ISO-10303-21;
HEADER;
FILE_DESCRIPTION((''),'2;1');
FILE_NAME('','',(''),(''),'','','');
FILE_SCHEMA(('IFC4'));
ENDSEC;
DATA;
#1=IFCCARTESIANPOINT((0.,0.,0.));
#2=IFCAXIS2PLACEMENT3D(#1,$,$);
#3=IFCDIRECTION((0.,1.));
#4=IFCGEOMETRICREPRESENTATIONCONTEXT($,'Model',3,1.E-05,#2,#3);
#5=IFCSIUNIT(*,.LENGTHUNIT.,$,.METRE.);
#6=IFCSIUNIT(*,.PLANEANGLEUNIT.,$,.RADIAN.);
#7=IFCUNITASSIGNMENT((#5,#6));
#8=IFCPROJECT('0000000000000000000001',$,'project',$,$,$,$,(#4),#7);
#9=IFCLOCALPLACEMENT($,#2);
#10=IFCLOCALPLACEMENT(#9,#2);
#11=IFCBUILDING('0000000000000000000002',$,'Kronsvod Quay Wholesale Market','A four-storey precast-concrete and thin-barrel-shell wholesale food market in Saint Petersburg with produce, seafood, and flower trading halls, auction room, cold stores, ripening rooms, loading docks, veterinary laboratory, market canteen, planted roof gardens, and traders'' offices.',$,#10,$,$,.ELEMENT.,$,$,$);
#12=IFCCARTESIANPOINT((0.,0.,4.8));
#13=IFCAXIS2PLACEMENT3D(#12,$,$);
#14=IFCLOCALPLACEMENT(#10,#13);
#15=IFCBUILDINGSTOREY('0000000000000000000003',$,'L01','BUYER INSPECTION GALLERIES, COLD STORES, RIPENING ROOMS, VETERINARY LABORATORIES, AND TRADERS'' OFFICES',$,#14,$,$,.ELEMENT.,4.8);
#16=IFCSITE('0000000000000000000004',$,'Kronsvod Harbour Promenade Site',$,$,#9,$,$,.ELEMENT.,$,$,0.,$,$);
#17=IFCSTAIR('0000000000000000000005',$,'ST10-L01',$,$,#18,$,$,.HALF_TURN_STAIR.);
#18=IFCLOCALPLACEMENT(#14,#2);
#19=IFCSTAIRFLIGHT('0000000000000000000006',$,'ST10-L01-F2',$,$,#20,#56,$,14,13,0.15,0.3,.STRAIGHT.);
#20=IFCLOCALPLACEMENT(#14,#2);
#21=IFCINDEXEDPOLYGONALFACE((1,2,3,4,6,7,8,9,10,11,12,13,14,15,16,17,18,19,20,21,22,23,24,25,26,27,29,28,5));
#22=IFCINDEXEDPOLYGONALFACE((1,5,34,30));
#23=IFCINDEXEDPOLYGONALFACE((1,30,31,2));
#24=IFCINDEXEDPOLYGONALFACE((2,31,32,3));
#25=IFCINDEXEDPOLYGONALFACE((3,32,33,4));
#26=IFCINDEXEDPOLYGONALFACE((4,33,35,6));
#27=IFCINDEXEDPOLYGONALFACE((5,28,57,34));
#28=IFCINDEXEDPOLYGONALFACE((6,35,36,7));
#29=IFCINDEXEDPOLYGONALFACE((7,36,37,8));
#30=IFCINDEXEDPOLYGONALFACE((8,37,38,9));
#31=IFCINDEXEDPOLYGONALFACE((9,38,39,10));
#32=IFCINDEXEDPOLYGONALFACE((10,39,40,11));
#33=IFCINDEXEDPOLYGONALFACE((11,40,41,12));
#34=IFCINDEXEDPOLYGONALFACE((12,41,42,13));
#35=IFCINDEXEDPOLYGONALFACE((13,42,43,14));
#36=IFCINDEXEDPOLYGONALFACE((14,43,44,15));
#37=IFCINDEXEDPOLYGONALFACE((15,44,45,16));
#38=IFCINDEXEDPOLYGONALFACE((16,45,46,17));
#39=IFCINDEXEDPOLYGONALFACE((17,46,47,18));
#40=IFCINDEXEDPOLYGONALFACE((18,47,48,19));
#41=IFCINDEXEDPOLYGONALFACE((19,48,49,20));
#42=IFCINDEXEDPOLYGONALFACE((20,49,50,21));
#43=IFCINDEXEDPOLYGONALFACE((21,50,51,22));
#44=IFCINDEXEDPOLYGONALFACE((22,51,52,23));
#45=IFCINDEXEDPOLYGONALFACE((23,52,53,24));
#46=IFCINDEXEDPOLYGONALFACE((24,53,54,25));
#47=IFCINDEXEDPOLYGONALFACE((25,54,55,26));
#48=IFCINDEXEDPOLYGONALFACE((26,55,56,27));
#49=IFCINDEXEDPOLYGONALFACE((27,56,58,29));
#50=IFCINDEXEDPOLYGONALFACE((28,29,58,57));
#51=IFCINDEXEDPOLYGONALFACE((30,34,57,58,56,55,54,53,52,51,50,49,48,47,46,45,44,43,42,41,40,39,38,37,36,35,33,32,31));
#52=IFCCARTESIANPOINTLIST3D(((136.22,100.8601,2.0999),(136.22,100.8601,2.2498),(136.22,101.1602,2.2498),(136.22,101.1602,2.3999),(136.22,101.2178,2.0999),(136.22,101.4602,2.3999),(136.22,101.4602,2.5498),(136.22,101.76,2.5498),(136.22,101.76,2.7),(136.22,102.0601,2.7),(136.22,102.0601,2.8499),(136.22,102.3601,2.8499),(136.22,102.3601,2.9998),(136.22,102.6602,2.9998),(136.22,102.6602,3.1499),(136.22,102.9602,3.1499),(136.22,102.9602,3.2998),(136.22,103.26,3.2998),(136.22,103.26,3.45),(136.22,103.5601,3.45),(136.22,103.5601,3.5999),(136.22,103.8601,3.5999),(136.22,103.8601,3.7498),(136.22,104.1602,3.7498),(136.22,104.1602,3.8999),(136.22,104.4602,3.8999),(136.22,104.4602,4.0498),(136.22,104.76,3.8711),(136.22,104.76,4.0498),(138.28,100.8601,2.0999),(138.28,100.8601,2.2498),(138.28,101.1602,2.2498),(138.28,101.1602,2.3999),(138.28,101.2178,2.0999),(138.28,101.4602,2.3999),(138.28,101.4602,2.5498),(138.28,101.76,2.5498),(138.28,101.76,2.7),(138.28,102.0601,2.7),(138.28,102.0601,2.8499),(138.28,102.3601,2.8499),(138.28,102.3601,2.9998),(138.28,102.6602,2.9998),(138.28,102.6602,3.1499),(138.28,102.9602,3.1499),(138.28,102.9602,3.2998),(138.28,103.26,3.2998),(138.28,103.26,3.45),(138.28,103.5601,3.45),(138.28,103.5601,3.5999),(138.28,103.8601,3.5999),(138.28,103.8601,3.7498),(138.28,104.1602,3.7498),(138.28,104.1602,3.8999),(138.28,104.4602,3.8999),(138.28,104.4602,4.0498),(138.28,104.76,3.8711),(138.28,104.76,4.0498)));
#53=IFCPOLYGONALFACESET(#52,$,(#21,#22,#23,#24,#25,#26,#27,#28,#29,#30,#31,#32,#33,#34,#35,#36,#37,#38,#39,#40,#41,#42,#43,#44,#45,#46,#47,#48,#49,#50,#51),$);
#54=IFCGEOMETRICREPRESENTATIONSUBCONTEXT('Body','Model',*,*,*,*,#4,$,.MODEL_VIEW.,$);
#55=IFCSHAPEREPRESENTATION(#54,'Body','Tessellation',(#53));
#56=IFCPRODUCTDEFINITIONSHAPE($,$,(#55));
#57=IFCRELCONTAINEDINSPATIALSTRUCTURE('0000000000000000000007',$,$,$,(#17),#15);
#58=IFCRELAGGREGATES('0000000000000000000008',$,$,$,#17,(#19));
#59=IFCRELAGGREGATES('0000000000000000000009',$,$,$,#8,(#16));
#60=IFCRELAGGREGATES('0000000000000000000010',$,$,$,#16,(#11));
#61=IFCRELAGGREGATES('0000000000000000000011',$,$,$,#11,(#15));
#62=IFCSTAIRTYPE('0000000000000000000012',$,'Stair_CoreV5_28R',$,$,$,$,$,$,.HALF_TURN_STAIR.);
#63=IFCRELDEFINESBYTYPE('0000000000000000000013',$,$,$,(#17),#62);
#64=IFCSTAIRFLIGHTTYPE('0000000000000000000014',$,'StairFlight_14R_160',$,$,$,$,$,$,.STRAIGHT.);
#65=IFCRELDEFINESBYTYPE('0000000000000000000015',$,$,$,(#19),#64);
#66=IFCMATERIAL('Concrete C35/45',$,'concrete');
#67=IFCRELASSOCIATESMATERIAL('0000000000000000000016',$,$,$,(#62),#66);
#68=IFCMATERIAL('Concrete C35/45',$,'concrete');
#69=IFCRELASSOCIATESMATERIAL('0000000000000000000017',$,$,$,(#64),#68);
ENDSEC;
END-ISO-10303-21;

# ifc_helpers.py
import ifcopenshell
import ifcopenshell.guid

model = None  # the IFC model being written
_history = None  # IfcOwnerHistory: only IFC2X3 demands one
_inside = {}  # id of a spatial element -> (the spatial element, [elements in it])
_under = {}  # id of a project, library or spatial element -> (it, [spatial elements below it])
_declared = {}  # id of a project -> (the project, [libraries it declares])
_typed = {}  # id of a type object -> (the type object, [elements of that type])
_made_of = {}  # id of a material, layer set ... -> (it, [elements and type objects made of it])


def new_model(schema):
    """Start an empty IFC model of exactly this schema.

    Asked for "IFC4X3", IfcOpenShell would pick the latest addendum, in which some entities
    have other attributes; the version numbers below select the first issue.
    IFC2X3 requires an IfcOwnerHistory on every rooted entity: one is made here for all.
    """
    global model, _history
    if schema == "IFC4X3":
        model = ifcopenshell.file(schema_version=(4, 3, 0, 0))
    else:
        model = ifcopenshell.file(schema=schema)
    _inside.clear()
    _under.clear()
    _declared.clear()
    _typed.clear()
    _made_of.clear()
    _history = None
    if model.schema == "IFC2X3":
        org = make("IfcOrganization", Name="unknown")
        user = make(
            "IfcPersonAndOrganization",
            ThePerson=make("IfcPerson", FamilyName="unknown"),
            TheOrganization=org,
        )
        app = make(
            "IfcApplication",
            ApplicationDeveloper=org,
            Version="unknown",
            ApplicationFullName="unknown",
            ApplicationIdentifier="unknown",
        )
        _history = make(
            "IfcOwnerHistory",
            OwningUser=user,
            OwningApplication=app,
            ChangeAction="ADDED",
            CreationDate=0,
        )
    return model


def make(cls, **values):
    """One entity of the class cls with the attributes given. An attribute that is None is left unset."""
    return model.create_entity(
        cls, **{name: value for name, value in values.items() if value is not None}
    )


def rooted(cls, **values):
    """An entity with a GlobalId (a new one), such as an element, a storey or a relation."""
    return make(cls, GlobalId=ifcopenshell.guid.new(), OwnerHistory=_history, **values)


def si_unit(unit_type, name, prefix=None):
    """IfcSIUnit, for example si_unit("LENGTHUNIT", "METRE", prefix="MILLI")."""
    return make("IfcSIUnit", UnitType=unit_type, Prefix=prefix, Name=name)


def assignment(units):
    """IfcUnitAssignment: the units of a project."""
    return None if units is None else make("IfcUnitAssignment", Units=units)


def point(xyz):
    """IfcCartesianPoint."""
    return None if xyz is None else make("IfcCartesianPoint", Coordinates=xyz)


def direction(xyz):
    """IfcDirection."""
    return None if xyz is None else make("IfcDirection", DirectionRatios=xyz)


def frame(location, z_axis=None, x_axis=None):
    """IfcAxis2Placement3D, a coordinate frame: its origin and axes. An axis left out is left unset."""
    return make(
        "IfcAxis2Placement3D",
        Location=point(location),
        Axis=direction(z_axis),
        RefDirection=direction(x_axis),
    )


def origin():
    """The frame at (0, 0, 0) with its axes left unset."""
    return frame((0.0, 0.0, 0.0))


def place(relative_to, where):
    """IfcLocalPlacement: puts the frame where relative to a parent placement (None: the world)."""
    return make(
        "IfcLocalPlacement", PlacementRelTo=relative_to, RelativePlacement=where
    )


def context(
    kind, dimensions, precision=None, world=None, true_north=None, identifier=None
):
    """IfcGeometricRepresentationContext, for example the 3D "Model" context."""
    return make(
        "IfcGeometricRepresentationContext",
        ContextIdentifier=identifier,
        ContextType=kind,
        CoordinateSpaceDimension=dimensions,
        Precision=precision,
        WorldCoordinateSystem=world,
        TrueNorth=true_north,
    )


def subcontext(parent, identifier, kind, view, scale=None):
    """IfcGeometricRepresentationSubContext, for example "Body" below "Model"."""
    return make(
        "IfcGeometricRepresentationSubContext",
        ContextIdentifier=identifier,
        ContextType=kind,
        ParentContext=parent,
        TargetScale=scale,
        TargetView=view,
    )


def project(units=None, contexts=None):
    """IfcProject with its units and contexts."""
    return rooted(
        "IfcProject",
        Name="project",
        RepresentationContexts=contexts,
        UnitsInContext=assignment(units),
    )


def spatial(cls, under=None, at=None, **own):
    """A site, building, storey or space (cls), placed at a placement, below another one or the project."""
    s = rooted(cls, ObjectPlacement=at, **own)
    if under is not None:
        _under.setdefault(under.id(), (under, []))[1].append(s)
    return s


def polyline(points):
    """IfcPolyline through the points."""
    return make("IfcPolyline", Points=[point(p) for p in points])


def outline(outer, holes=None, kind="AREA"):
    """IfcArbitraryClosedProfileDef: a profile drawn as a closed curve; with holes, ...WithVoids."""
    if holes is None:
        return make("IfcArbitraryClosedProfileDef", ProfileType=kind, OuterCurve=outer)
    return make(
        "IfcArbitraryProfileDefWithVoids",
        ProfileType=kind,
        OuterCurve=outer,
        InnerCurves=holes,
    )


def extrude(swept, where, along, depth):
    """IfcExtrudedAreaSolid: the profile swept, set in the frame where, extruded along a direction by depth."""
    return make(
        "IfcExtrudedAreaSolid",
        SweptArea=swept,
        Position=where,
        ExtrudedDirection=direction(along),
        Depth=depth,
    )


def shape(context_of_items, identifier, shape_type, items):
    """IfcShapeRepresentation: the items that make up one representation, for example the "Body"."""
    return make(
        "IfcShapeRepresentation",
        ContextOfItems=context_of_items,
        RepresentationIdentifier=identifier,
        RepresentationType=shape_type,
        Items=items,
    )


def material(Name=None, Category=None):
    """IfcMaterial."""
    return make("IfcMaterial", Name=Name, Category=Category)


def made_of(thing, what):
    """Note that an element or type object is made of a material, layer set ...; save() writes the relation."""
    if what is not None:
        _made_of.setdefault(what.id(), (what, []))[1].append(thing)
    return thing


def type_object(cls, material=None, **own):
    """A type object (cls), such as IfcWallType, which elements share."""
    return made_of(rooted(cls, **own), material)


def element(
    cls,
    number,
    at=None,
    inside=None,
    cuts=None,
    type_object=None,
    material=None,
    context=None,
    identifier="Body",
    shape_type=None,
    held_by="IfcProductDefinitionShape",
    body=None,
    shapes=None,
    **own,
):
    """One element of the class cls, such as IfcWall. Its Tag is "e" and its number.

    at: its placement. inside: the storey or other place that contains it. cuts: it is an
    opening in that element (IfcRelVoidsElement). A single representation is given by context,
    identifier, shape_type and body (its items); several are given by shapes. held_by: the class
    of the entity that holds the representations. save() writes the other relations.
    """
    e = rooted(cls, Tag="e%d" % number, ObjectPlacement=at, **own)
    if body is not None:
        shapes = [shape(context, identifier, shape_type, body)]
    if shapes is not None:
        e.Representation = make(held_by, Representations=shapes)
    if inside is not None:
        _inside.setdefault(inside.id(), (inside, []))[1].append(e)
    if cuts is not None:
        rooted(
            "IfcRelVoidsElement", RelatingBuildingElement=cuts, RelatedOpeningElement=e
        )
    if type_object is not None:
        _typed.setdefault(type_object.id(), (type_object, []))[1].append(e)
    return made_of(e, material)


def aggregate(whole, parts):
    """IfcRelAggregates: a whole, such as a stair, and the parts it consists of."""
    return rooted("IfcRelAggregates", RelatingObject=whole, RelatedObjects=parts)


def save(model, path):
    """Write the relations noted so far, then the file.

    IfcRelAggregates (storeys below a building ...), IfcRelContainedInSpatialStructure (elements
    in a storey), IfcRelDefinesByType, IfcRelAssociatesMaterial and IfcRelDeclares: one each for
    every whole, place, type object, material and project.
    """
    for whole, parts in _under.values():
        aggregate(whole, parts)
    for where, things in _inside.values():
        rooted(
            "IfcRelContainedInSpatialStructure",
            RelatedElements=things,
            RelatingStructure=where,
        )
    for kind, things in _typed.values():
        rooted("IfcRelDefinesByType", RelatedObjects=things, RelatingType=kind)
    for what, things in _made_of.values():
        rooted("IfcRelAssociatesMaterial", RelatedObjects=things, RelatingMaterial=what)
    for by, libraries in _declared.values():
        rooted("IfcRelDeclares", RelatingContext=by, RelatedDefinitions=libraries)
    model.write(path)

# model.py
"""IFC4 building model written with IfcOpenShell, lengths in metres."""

from ifc_helpers import new_model, si_unit, direction, frame, origin, place, context, subcontext, project, spatial, polyline, outline, extrude, material, type_object, element, aggregate, save


model = new_model("IFC4")

# Units and contexts
model_context = context("Model", 3, precision=1e-05, world=origin(), true_north=direction((0.0, 1.0)))
body_context = subcontext(model_context, "Body", "Model", "MODEL_VIEW")
ifc_project = project(units=[si_unit("LENGTHUNIT", "METRE"), si_unit("PLANEANGLEUNIT", "RADIAN")], contexts=[model_context])

# Site, building, storey
site_placement = place(None, origin())
site = spatial("IfcSite", under=ifc_project, at=site_placement, Name="Kronsvod Harbour Promenade Site", CompositionType="ELEMENT", RefElevation=0.0)
building_placement = place(site_placement, origin())
building = spatial("IfcBuilding", under=site, at=building_placement, Name="Kronsvod Quay Wholesale Market", Description="A four-storey precast-concrete and thin-barrel-shell wholesale food market in Saint Petersburg with produce, seafood, and flower trading halls, auction room, cold stores, ripening rooms, loading docks, veterinary laboratory, market canteen, planted roof gardens, and traders' offices.", CompositionType="ELEMENT")
storey_placement = place(building_placement, frame((0.0, 0.0, 4.8)))
storey = spatial("IfcBuildingStorey", under=building, at=storey_placement, Name="L01", Description="BUYER INSPECTION GALLERIES, COLD STORES, RIPENING ROOMS, VETERINARY LABORATORIES, AND TRADERS' OFFICES", CompositionType="ELEMENT", Elevation=4.8)

# Stair, stair flight
ifc_material_1 = material(Name="Concrete C35/45", Category="concrete")
stair_type = type_object("IfcStairType", Name="Stair_CoreV5_28R", PredefinedType="HALF_TURN_STAIR", material=ifc_material_1)
stair_placement = place(storey_placement, origin())
stair = element("IfcStair", 1, at=stair_placement, inside=storey, type_object=stair_type, Name="ST10-L01", PredefinedType="HALF_TURN_STAIR")
ifc_material_2 = material(Name="Concrete C35/45", Category="concrete")
stair_flight_type = type_object("IfcStairFlightType", Name="StairFlight_14R_160", PredefinedType="STRAIGHT", material=ifc_material_2)
stair_flight_placement = place(storey_placement, frame((137.25, 100.8601, 2.0999), z_axis=(0.0, 0.0, 1.0), x_axis=(0.0, 1.0, 0.0)))
stair_flight = element("IfcStairFlight", 2, at=stair_flight_placement, type_object=stair_flight_type, Name="ST10-L01-F2", NumberOfRisers=14, NumberOfTreads=13, PredefinedType="STRAIGHT", RiserHeight=0.15, TreadLength=0.3, context=body_context, shape_type="SweptSolid", body=[
    extrude(outline(polyline([(0.0, 0.0), (0.0, 0.1499), (0.3, 0.1499), (0.3, 0.3), (0.6001, 0.3), (0.6001, 0.45), (0.8999, 0.45), (0.8999, 0.6001), (1.2, 0.6001), (1.2, 0.75), (1.5, 0.75), (1.5, 0.8999), (1.8, 0.8999), (1.8, 1.05), (2.1001, 1.05), (2.1001, 1.2), (2.3999, 1.2), (2.3999, 1.3501), (2.7, 1.3501), (2.7, 1.5), (3.0, 1.5), (3.0, 1.6499), (3.3, 1.6499), (3.3, 1.8), (3.6001, 1.8), (3.6001, 1.95), (3.8999, 1.95), (3.8999, 2.1001), (3.8999, 1.7712), (0.3577, 0.0), (0.0, 0.0)])), frame((0.0, 1.03, 0.0), z_axis=(0.0, -1.0, 0.0), x_axis=(1.0, 0.0, 0.0)), (0.0, 0.0, 1.0), 2.0601),
])
aggregate(stair, [stair_flight])

save(model, "model.ifc")
